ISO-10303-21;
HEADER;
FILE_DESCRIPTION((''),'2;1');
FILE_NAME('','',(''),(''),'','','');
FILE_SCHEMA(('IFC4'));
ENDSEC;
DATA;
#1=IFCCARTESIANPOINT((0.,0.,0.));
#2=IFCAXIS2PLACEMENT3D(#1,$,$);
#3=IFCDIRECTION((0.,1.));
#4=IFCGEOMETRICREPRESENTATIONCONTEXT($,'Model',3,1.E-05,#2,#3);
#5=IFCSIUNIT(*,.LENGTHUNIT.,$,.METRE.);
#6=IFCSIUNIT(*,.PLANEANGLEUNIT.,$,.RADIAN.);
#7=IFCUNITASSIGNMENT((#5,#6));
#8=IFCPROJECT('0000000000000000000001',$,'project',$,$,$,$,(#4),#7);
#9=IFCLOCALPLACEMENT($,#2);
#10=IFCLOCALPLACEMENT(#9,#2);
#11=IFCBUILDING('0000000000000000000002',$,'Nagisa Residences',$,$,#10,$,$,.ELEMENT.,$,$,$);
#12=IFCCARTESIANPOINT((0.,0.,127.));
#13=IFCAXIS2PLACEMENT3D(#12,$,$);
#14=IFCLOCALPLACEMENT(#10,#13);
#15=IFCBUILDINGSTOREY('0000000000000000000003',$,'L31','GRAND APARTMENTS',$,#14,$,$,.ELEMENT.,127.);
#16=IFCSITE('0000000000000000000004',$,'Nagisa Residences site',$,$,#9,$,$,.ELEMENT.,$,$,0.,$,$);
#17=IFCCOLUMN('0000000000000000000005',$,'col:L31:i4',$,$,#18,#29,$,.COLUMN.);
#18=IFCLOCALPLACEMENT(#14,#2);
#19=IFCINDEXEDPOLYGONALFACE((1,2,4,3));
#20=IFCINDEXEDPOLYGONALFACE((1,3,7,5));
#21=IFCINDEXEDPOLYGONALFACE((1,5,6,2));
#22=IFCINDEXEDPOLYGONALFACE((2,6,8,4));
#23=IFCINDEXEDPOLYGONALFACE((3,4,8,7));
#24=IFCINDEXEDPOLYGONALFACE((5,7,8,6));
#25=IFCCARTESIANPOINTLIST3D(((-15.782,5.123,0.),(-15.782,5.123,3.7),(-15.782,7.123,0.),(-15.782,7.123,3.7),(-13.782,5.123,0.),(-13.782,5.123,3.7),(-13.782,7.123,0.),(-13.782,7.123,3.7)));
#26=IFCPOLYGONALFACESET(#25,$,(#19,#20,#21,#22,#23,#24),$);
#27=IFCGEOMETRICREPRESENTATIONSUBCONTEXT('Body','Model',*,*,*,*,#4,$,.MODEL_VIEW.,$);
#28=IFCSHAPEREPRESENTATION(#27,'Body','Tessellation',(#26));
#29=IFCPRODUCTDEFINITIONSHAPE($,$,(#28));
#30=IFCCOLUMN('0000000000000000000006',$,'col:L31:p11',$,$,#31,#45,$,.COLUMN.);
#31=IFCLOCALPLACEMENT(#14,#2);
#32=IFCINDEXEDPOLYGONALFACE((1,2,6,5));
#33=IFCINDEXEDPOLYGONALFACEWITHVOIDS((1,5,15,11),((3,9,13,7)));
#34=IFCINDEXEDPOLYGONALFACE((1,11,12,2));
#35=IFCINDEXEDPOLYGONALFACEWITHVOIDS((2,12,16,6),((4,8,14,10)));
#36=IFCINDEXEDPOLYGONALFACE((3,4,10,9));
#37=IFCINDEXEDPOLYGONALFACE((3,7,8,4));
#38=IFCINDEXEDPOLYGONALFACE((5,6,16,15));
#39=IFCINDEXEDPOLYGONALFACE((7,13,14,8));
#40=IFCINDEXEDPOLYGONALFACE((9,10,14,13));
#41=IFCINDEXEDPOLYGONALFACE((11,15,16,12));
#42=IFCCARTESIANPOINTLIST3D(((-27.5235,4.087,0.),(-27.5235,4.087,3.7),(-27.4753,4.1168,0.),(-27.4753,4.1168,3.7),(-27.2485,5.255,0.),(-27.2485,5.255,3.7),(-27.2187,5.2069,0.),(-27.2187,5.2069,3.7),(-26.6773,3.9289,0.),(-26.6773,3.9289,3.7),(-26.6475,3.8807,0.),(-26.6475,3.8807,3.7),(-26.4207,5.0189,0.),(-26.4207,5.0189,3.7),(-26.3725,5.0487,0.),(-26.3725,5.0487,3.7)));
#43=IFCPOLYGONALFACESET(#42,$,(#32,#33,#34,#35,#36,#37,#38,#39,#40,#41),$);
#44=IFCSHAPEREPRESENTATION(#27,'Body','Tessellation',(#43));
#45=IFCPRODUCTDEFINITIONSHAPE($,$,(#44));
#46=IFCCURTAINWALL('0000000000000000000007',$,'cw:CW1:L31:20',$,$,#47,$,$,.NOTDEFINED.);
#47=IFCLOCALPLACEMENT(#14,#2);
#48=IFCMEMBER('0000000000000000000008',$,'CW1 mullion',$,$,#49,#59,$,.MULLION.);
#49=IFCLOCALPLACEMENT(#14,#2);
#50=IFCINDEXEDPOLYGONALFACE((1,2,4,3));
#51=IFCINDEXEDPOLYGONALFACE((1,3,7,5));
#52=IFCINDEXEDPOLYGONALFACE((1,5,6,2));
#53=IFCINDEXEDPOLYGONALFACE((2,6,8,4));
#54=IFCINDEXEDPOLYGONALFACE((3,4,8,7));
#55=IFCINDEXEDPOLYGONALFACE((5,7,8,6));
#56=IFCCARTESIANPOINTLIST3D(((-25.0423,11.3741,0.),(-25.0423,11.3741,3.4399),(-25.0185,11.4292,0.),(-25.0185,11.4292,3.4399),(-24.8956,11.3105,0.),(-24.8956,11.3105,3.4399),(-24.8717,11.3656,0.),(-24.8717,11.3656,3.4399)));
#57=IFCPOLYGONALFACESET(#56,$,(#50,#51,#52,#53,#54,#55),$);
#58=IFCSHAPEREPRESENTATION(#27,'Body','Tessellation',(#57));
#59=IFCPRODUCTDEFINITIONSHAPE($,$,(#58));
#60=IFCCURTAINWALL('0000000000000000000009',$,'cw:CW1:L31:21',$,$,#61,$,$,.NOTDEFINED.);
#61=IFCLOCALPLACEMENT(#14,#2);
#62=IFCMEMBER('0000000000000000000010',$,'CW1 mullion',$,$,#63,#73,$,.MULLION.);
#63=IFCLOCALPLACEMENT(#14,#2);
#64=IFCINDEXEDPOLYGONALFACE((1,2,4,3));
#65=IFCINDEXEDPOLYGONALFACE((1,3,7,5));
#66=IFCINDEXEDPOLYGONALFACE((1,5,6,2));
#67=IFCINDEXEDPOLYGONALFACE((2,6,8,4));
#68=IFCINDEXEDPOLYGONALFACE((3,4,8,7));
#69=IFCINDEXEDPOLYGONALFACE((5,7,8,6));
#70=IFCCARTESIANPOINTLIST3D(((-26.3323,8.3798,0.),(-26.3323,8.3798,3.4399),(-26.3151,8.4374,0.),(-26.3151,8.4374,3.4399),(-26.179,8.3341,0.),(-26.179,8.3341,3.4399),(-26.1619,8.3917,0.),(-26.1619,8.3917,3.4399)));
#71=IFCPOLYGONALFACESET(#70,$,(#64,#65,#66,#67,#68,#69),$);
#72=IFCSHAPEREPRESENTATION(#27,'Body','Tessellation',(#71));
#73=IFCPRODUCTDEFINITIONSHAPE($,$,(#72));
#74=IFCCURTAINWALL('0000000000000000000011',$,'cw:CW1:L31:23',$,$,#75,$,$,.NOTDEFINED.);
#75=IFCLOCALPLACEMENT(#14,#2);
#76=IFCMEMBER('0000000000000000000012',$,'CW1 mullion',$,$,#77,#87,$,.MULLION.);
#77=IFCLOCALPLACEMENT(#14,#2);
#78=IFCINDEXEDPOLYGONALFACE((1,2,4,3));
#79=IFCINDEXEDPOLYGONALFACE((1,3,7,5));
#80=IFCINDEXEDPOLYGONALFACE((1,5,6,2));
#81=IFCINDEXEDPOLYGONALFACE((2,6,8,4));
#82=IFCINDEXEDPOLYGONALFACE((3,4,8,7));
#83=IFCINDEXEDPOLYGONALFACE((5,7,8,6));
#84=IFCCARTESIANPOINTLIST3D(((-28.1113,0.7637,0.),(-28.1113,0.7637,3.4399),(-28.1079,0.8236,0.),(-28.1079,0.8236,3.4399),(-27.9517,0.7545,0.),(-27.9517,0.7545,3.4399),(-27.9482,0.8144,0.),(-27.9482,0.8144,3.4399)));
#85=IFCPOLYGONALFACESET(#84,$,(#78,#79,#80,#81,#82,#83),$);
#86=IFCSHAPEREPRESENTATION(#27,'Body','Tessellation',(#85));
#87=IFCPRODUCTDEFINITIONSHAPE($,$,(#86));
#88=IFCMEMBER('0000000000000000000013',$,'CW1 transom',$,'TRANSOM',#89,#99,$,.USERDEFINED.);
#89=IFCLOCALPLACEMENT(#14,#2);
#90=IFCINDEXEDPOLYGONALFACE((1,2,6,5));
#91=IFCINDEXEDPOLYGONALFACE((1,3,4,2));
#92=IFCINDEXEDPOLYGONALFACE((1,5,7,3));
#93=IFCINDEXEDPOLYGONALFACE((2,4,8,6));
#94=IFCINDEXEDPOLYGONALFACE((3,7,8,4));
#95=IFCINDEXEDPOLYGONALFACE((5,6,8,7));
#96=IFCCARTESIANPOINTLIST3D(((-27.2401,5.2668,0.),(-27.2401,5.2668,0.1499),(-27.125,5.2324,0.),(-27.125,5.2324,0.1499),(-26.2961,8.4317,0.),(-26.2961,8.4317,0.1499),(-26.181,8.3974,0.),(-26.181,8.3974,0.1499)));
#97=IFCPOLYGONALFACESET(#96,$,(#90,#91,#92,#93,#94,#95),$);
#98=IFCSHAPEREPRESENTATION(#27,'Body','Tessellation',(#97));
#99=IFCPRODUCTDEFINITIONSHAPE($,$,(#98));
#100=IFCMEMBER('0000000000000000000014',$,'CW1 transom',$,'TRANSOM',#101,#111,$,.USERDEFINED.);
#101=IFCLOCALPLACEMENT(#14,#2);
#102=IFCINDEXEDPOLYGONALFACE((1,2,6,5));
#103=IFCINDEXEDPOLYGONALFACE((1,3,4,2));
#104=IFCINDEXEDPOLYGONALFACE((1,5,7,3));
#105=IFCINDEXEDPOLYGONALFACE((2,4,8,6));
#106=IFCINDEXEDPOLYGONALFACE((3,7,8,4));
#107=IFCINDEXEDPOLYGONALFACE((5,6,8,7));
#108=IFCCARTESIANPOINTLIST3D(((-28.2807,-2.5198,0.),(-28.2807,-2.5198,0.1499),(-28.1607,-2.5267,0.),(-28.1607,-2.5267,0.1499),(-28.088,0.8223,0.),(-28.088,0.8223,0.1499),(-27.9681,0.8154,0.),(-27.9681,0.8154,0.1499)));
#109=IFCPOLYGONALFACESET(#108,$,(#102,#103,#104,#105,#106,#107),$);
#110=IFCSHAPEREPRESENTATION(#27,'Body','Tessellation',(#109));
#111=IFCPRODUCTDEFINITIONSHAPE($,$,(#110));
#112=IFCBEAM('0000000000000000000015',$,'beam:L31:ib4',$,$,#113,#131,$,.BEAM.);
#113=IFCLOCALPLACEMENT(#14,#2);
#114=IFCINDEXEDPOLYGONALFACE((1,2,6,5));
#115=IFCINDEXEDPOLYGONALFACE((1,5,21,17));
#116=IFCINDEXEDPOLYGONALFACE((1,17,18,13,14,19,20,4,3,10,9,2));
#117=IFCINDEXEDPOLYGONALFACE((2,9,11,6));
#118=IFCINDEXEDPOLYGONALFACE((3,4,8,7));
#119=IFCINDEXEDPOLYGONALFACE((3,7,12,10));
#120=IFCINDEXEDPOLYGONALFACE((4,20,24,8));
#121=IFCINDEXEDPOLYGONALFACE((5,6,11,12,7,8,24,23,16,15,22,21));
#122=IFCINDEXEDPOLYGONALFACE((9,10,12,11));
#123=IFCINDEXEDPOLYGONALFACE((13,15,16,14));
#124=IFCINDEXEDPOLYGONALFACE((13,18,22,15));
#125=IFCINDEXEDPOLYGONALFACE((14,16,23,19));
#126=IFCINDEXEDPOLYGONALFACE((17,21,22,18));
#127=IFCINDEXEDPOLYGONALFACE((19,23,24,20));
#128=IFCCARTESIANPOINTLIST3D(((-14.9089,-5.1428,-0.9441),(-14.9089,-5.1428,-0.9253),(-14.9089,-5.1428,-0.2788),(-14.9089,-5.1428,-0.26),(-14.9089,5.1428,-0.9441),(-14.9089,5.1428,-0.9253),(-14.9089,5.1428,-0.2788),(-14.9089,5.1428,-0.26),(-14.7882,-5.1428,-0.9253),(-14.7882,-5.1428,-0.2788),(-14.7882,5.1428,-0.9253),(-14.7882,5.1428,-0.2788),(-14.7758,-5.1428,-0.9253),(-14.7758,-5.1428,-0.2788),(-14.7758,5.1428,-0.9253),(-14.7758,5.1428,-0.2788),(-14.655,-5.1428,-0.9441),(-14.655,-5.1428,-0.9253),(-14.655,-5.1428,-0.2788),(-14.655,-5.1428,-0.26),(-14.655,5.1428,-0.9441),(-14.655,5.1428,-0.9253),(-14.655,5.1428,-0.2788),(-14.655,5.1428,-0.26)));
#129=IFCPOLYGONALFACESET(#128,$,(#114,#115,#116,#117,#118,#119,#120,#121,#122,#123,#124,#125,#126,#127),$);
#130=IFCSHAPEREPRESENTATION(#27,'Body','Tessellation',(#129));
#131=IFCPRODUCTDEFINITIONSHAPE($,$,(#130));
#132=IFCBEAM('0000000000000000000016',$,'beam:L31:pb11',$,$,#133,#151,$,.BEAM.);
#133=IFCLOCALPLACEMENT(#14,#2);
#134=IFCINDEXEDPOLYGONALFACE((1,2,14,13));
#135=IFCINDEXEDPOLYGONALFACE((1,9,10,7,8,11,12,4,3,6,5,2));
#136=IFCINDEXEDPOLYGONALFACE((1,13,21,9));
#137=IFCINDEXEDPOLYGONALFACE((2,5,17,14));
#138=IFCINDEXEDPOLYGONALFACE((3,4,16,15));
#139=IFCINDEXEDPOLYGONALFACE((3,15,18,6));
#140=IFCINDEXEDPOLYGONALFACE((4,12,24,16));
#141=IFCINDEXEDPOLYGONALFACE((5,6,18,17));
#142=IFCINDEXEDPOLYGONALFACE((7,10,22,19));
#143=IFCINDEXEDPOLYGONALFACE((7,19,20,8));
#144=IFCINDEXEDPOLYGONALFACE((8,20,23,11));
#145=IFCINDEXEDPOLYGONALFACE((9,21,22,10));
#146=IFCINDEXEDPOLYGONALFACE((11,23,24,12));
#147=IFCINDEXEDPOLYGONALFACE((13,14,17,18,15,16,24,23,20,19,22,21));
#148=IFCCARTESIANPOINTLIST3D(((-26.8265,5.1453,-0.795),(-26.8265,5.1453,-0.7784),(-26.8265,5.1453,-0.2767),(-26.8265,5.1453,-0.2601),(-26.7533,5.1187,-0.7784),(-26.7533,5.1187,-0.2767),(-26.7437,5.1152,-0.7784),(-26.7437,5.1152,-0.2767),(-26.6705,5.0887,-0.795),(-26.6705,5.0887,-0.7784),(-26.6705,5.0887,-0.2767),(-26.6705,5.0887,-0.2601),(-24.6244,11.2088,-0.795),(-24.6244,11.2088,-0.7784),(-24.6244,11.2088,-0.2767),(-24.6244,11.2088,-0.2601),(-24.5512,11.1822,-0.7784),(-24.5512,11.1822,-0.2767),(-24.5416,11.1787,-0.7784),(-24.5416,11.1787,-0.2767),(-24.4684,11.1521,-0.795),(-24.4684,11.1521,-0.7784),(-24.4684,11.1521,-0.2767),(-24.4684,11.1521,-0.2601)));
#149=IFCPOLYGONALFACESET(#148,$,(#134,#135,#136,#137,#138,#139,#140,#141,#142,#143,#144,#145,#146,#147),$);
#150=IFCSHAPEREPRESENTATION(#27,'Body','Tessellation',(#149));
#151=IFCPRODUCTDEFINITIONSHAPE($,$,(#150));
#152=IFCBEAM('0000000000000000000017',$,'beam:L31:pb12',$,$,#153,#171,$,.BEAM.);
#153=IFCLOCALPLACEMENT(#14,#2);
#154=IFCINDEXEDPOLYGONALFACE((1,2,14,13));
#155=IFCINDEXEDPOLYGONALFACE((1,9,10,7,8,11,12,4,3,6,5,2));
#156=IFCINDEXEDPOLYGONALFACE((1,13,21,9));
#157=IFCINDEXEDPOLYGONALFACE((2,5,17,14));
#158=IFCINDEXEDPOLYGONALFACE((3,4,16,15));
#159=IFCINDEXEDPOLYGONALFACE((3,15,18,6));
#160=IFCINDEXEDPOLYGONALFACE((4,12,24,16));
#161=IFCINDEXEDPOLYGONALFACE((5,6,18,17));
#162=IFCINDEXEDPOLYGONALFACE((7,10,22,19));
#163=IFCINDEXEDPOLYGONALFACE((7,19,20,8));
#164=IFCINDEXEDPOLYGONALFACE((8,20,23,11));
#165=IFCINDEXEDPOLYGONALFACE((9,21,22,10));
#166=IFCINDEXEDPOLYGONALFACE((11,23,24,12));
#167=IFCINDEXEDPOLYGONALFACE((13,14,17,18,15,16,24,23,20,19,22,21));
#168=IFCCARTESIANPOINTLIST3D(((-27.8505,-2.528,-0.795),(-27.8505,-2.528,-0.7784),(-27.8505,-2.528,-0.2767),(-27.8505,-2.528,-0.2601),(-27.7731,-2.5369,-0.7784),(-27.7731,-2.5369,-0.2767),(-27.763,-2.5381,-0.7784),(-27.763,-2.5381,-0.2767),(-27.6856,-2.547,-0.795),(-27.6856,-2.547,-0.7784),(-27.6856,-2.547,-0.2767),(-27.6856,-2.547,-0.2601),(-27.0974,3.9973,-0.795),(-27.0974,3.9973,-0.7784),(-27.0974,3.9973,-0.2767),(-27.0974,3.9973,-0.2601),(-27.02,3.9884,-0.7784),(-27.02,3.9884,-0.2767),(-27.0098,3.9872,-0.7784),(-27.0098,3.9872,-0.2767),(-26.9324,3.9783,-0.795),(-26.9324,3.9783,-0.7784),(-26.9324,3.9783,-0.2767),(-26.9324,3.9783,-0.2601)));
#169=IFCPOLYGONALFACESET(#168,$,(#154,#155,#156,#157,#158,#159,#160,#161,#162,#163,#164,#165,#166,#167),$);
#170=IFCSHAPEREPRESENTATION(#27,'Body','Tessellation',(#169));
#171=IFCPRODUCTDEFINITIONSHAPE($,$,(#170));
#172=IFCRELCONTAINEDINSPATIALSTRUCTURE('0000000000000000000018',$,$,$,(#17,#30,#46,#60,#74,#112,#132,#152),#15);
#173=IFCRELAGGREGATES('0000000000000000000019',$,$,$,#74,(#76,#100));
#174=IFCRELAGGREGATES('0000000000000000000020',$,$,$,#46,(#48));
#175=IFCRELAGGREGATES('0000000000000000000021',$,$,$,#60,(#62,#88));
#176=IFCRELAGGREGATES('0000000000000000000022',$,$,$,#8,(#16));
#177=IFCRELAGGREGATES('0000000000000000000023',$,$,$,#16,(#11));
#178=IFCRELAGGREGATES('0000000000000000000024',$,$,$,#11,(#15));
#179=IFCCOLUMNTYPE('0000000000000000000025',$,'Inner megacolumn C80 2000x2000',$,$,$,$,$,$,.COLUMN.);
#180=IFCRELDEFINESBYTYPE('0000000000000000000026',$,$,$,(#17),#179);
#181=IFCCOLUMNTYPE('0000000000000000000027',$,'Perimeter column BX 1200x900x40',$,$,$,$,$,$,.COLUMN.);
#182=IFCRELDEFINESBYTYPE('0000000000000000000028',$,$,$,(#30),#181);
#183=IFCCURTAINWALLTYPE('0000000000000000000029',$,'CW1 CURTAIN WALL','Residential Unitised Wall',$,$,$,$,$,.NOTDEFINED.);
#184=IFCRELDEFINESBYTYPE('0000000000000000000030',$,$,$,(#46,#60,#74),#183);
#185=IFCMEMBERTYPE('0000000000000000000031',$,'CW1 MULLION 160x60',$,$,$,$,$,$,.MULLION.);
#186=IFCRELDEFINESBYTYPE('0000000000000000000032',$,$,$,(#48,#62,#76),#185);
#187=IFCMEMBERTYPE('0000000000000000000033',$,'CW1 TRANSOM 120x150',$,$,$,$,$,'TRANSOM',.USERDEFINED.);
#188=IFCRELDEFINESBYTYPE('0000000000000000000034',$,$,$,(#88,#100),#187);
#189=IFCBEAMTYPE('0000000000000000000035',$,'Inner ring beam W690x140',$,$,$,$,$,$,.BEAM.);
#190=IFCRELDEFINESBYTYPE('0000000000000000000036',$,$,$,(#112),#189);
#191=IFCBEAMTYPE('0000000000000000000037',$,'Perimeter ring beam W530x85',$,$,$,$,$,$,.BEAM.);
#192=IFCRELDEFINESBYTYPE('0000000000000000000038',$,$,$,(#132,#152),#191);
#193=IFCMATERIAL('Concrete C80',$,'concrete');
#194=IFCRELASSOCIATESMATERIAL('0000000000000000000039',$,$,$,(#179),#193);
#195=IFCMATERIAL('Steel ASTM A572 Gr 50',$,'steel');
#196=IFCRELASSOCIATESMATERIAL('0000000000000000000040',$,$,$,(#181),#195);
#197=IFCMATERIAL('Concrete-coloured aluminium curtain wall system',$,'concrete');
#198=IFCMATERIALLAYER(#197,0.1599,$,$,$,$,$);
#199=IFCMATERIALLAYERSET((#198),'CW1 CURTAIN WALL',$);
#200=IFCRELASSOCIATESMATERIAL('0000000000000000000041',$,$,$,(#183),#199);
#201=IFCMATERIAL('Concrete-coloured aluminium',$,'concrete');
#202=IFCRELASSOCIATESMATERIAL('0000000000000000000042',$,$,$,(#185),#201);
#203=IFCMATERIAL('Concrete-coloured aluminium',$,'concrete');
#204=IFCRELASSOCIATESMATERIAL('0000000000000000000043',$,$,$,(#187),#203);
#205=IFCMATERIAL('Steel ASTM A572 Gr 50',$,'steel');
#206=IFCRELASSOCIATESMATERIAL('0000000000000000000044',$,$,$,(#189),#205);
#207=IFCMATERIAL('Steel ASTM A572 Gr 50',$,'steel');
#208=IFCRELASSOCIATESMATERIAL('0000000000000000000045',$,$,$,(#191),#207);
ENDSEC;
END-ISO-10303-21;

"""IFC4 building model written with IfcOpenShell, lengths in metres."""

from ifc_helpers import new_model, si_unit, direction, frame, origin, origin_2d, place, context, subcontext, project, spatial, rectangle, hollow_rectangle, i_section, extrude, material, layer, layer_set, material_profile, profile_set, type_object, element, aggregate, save


model = new_model("IFC4")

# Units and contexts
model_context = context("Model", 3, precision=1e-05, world=origin(), true_north=direction((0.0, 1.0)))
body_context = subcontext(model_context, "Body", "Model", "MODEL_VIEW")
ifc_project = project(units=[si_unit("LENGTHUNIT", "METRE"), si_unit("PLANEANGLEUNIT", "RADIAN")], contexts=[model_context])

# Site, building, storey
site_placement = place(None, origin())
site = spatial("IfcSite", under=ifc_project, at=site_placement, Name="Nagisa Residences site", CompositionType="ELEMENT", RefElevation=0.0)
building_placement = place(site_placement, origin())
building = spatial("IfcBuilding", under=site, at=building_placement, Name="Nagisa Residences", CompositionType="ELEMENT")
storey_placement = place(building_placement, frame((0.0, 0.0, 127.0)))
storey = spatial("IfcBuildingStorey", under=building, at=storey_placement, Name="L31", Description="GRAND APARTMENTS", CompositionType="ELEMENT", Elevation=127.0)

# Columns
ifc_material_1 = material(Name="Concrete C80", Category="concrete")
ifc_material_profile_1 = material_profile(ifc_material_1, rectangle(XDim=2.0, YDim=2.0, at=origin_2d()), Name="C80 2000x2000")
ifc_profile_set_1 = profile_set([ifc_material_profile_1], Name="Concrete C80")
column_type_1 = type_object("IfcColumnType", Name="Inner megacolumn C80 2000x2000", PredefinedType="COLUMN", material=ifc_profile_set_1)
column_1_placement = place(storey_placement, frame((-14.782, 6.123, 0.0), z_axis=(0.0, 0.0, 1.0), x_axis=(1.0, 0.0, 0.0)))
element("IfcColumn", 1, at=column_1_placement, inside=storey, type_object=column_type_1, Name="col:L31:i4", PredefinedType="COLUMN", context=body_context, shape_type="SweptSolid", body=[
    extrude(rectangle(XDim=2.0, YDim=2.0, at=origin_2d()), origin(), (0.0, 0.0, 1.0), 3.7),
])
ifc_material_2 = material(Name="Steel ASTM A572 Gr 50", Category="steel")
ifc_material_profile_2 = material_profile(ifc_material_2, hollow_rectangle(XDim=1.2, YDim=0.8999, WallThickness=0.04, at=origin_2d()), Name="BX 1200x900x40")
ifc_profile_set_2 = profile_set([ifc_material_profile_2], Name="Steel ASTM A572 Gr 50")
column_type_2 = type_object("IfcColumnType", Name="Perimeter column BX 1200x900x40", PredefinedType="COLUMN", material=ifc_profile_set_2)
column_2_placement = place(storey_placement, frame((-26.948, 4.5679, 0.0), z_axis=(0.0, 0.0, 1.0), x_axis=(-0.229202, -0.973379, 0.0)))
element("IfcColumn", 2, at=column_2_placement, inside=storey, type_object=column_type_2, Name="col:L31:p11", PredefinedType="COLUMN", context=body_context, shape_type="SweptSolid", body=[
    extrude(hollow_rectangle(XDim=1.2, YDim=0.8999, WallThickness=0.04, at=origin_2d()), origin(), (0.0, 0.0, 1.0), 3.7),
])

# Curtain walls, members
ifc_material_3 = material(Name="Concrete-coloured aluminium curtain wall system", Category="concrete")
ifc_layer_1 = layer(ifc_material_3, 0.1599)
ifc_layer_set_1 = layer_set([ifc_layer_1], Name="CW1 CURTAIN WALL")
curtain_wall_type = type_object("IfcCurtainWallType", Name="CW1 CURTAIN WALL", Description="Residential Unitised Wall", PredefinedType="NOTDEFINED", material=ifc_layer_set_1)
curtain_wall_1_placement = place(storey_placement, origin())
curtain_wall_1 = element("IfcCurtainWall", 3, at=curtain_wall_1_placement, inside=storey, type_object=curtain_wall_type, Name="cw:CW1:L31:20", PredefinedType="NOTDEFINED")
ifc_material_4 = material(Name="Concrete-coloured aluminium", Category="concrete")
ifc_material_profile_3 = material_profile(ifc_material_4, rectangle(XDim=0.1599, YDim=0.0601, at=origin_2d()), Name="CW1 MULLION 160x60")
ifc_profile_set_3 = profile_set([ifc_material_profile_3], Name="Concrete-coloured aluminium")
member_type_1 = type_object("IfcMemberType", Name="CW1 MULLION 160x60", PredefinedType="MULLION", material=ifc_profile_set_3)
member_1_placement = place(storey_placement, frame((-24.957, 11.3699, 0.0), z_axis=(0.0, 0.0, 1.0), x_axis=(0.917543, -0.397636, 0.0)))
member_1 = element("IfcMember", 4, at=member_1_placement, type_object=member_type_1, Name="CW1 mullion", PredefinedType="MULLION", context=body_context, shape_type="SweptSolid", body=[
    extrude(rectangle(XDim=0.1599, YDim=0.0601, at=origin_2d()), origin(), (0.0, 0.0, 1.0), 3.4399),
])
curtain_wall_2_placement = place(storey_placement, origin())
curtain_wall_2 = element("IfcCurtainWall", 5, at=curtain_wall_2_placement, inside=storey, type_object=curtain_wall_type, Name="cw:CW1:L31:21", PredefinedType="NOTDEFINED")
member_2_placement = place(storey_placement, frame((-26.2471, 8.3857, 0.0), z_axis=(0.0, 0.0, 1.0), x_axis=(0.958271, -0.28586, 0.0)))
member_2 = element("IfcMember", 6, at=member_2_placement, type_object=member_type_1, Name="CW1 mullion", PredefinedType="MULLION", context=body_context, shape_type="SweptSolid", body=[
    extrude(rectangle(XDim=0.1599, YDim=0.0601, at=origin_2d()), origin(), (0.0, 0.0, 1.0), 3.4399),
])
curtain_wall_3_placement = place(storey_placement, origin())
curtain_wall_3 = element("IfcCurtainWall", 7, at=curtain_wall_3_placement, inside=storey, type_object=curtain_wall_type, Name="cw:CW1:L31:23", PredefinedType="NOTDEFINED")
member_3_placement = place(storey_placement, frame((-28.0298, 0.7891, 0.0), z_axis=(0.0, 0.0, 1.0), x_axis=(0.998345, -0.057503, 0.0)))
member_3 = element("IfcMember", 8, at=member_3_placement, type_object=member_type_1, Name="CW1 mullion", PredefinedType="MULLION", context=body_context, shape_type="SweptSolid", body=[
    extrude(rectangle(XDim=0.1599, YDim=0.0601, at=origin_2d()), origin(), (0.0, 0.0, 1.0), 3.4399),
])

# Members
ifc_material_5 = material(Name="Concrete-coloured aluminium", Category="concrete")
ifc_material_profile_4 = material_profile(ifc_material_5, rectangle(XDim=0.1201, YDim=0.1499, at=origin_2d()), Name="CW1 TRANSOM 120x150")
ifc_profile_set_4 = profile_set([ifc_material_profile_4], Name="Concrete-coloured aluminium")
member_type_2 = type_object("IfcMemberType", Name="CW1 TRANSOM 120x150", ElementType="TRANSOM", PredefinedType="USERDEFINED", material=ifc_profile_set_4)
member_4_placement = place(storey_placement, frame((-26.2385, 8.4146, 0.075), z_axis=(-0.285842, -0.958277, 0.0), x_axis=(0.958277, -0.285842, 0.0)))
member_4 = element("IfcMember", 9, at=member_4_placement, type_object=member_type_2, Name="CW1 transom", ObjectType="TRANSOM", PredefinedType="USERDEFINED", context=body_context, shape_type="SweptSolid", body=[
    extrude(rectangle(XDim=0.1201, YDim=0.1499, at=origin_2d()), origin(), (0.0, 0.0, 1.0), 3.3027),
])
member_5_placement = place(storey_placement, frame((-28.0281, 0.8188, 0.075), z_axis=(-0.057542, -0.998343, 0.0), x_axis=(0.998343, -0.057542, 0.0)))
member_5 = element("IfcMember", 10, at=member_5_placement, type_object=member_type_2, Name="CW1 transom", ObjectType="TRANSOM", PredefinedType="USERDEFINED", context=body_context, shape_type="SweptSolid", body=[
    extrude(rectangle(XDim=0.1201, YDim=0.1499, at=origin_2d()), origin(), (0.0, 0.0, 1.0), 3.3477),
])
aggregate(curtain_wall_3, [member_3, member_5])

# Beams
ifc_material_6 = material(Name="Steel ASTM A572 Gr 50", Category="steel")
ifc_material_profile_5 = material_profile(ifc_material_6, i_section(OverallWidth=0.2539, OverallDepth=0.6841, WebThickness=0.0125, FlangeThickness=0.0188, at=origin_2d()), Name="W690x140")
ifc_profile_set_5 = profile_set([ifc_material_profile_5], Name="Steel ASTM A572 Gr 50")
beam_type_1 = type_object("IfcBeamType", Name="Inner ring beam W690x140", PredefinedType="BEAM", material=ifc_profile_set_5)
beam_1_placement = place(storey_placement, frame((-14.782, 5.1428, -0.6021), z_axis=(0.0, -1.0, 0.0), x_axis=(1.0, 0.0, 0.0)))
element("IfcBeam", 11, at=beam_1_placement, inside=storey, type_object=beam_type_1, Name="beam:L31:ib4", PredefinedType="BEAM", context=body_context, shape_type="SweptSolid", body=[
    extrude(i_section(OverallWidth=0.2539, OverallDepth=0.6841, WebThickness=0.0125, FlangeThickness=0.0188, at=origin_2d()), origin(), (0.0, 0.0, 1.0), 10.2856),
])
ifc_material_7 = material(Name="Steel ASTM A572 Gr 50", Category="steel")
ifc_material_profile_6 = material_profile(ifc_material_7, i_section(OverallWidth=0.166, OverallDepth=0.5349, WebThickness=0.0103, FlangeThickness=0.0166, at=origin_2d()), Name="W530x85")
ifc_profile_set_6 = profile_set([ifc_material_profile_6], Name="Steel ASTM A572 Gr 50")
beam_type_2 = type_object("IfcBeamType", Name="Perimeter ring beam W530x85", PredefinedType="BEAM", material=ifc_profile_set_6)
beam_2_placement = place(storey_placement, frame((-24.5464, 11.1804, -0.5276), z_axis=(-0.341366, -0.93993, 0.0), x_axis=(0.93993, -0.341366, 0.0)))
element("IfcBeam", 12, at=beam_2_placement, inside=storey, type_object=beam_type_2, Name="beam:L31:pb11", PredefinedType="BEAM", context=body_context, shape_type="SweptSolid", body=[
    extrude(i_section(OverallWidth=0.166, OverallDepth=0.5349, WebThickness=0.0103, FlangeThickness=0.0166, at=origin_2d()), origin(), (0.0, 0.0, 1.0), 6.4509),
])
beam_3_placement = place(storey_placement, frame((-27.0149, 3.9878, -0.5276), z_axis=(-0.114661, -0.993405, 0.0), x_axis=(0.993405, -0.114661, 0.0)))
element("IfcBeam", 13, at=beam_3_placement, inside=storey, type_object=beam_type_2, Name="beam:L31:pb12", PredefinedType="BEAM", context=body_context, shape_type="SweptSolid", body=[
    extrude(i_section(OverallWidth=0.166, OverallDepth=0.5349, WebThickness=0.0103, FlangeThickness=0.0166, at=origin_2d()), origin(), (0.0, 0.0, 1.0), 6.5686),
])

aggregate(curtain_wall_1, [member_1])
aggregate(curtain_wall_2, [member_2, member_4])

save(model, "model.ifc")
